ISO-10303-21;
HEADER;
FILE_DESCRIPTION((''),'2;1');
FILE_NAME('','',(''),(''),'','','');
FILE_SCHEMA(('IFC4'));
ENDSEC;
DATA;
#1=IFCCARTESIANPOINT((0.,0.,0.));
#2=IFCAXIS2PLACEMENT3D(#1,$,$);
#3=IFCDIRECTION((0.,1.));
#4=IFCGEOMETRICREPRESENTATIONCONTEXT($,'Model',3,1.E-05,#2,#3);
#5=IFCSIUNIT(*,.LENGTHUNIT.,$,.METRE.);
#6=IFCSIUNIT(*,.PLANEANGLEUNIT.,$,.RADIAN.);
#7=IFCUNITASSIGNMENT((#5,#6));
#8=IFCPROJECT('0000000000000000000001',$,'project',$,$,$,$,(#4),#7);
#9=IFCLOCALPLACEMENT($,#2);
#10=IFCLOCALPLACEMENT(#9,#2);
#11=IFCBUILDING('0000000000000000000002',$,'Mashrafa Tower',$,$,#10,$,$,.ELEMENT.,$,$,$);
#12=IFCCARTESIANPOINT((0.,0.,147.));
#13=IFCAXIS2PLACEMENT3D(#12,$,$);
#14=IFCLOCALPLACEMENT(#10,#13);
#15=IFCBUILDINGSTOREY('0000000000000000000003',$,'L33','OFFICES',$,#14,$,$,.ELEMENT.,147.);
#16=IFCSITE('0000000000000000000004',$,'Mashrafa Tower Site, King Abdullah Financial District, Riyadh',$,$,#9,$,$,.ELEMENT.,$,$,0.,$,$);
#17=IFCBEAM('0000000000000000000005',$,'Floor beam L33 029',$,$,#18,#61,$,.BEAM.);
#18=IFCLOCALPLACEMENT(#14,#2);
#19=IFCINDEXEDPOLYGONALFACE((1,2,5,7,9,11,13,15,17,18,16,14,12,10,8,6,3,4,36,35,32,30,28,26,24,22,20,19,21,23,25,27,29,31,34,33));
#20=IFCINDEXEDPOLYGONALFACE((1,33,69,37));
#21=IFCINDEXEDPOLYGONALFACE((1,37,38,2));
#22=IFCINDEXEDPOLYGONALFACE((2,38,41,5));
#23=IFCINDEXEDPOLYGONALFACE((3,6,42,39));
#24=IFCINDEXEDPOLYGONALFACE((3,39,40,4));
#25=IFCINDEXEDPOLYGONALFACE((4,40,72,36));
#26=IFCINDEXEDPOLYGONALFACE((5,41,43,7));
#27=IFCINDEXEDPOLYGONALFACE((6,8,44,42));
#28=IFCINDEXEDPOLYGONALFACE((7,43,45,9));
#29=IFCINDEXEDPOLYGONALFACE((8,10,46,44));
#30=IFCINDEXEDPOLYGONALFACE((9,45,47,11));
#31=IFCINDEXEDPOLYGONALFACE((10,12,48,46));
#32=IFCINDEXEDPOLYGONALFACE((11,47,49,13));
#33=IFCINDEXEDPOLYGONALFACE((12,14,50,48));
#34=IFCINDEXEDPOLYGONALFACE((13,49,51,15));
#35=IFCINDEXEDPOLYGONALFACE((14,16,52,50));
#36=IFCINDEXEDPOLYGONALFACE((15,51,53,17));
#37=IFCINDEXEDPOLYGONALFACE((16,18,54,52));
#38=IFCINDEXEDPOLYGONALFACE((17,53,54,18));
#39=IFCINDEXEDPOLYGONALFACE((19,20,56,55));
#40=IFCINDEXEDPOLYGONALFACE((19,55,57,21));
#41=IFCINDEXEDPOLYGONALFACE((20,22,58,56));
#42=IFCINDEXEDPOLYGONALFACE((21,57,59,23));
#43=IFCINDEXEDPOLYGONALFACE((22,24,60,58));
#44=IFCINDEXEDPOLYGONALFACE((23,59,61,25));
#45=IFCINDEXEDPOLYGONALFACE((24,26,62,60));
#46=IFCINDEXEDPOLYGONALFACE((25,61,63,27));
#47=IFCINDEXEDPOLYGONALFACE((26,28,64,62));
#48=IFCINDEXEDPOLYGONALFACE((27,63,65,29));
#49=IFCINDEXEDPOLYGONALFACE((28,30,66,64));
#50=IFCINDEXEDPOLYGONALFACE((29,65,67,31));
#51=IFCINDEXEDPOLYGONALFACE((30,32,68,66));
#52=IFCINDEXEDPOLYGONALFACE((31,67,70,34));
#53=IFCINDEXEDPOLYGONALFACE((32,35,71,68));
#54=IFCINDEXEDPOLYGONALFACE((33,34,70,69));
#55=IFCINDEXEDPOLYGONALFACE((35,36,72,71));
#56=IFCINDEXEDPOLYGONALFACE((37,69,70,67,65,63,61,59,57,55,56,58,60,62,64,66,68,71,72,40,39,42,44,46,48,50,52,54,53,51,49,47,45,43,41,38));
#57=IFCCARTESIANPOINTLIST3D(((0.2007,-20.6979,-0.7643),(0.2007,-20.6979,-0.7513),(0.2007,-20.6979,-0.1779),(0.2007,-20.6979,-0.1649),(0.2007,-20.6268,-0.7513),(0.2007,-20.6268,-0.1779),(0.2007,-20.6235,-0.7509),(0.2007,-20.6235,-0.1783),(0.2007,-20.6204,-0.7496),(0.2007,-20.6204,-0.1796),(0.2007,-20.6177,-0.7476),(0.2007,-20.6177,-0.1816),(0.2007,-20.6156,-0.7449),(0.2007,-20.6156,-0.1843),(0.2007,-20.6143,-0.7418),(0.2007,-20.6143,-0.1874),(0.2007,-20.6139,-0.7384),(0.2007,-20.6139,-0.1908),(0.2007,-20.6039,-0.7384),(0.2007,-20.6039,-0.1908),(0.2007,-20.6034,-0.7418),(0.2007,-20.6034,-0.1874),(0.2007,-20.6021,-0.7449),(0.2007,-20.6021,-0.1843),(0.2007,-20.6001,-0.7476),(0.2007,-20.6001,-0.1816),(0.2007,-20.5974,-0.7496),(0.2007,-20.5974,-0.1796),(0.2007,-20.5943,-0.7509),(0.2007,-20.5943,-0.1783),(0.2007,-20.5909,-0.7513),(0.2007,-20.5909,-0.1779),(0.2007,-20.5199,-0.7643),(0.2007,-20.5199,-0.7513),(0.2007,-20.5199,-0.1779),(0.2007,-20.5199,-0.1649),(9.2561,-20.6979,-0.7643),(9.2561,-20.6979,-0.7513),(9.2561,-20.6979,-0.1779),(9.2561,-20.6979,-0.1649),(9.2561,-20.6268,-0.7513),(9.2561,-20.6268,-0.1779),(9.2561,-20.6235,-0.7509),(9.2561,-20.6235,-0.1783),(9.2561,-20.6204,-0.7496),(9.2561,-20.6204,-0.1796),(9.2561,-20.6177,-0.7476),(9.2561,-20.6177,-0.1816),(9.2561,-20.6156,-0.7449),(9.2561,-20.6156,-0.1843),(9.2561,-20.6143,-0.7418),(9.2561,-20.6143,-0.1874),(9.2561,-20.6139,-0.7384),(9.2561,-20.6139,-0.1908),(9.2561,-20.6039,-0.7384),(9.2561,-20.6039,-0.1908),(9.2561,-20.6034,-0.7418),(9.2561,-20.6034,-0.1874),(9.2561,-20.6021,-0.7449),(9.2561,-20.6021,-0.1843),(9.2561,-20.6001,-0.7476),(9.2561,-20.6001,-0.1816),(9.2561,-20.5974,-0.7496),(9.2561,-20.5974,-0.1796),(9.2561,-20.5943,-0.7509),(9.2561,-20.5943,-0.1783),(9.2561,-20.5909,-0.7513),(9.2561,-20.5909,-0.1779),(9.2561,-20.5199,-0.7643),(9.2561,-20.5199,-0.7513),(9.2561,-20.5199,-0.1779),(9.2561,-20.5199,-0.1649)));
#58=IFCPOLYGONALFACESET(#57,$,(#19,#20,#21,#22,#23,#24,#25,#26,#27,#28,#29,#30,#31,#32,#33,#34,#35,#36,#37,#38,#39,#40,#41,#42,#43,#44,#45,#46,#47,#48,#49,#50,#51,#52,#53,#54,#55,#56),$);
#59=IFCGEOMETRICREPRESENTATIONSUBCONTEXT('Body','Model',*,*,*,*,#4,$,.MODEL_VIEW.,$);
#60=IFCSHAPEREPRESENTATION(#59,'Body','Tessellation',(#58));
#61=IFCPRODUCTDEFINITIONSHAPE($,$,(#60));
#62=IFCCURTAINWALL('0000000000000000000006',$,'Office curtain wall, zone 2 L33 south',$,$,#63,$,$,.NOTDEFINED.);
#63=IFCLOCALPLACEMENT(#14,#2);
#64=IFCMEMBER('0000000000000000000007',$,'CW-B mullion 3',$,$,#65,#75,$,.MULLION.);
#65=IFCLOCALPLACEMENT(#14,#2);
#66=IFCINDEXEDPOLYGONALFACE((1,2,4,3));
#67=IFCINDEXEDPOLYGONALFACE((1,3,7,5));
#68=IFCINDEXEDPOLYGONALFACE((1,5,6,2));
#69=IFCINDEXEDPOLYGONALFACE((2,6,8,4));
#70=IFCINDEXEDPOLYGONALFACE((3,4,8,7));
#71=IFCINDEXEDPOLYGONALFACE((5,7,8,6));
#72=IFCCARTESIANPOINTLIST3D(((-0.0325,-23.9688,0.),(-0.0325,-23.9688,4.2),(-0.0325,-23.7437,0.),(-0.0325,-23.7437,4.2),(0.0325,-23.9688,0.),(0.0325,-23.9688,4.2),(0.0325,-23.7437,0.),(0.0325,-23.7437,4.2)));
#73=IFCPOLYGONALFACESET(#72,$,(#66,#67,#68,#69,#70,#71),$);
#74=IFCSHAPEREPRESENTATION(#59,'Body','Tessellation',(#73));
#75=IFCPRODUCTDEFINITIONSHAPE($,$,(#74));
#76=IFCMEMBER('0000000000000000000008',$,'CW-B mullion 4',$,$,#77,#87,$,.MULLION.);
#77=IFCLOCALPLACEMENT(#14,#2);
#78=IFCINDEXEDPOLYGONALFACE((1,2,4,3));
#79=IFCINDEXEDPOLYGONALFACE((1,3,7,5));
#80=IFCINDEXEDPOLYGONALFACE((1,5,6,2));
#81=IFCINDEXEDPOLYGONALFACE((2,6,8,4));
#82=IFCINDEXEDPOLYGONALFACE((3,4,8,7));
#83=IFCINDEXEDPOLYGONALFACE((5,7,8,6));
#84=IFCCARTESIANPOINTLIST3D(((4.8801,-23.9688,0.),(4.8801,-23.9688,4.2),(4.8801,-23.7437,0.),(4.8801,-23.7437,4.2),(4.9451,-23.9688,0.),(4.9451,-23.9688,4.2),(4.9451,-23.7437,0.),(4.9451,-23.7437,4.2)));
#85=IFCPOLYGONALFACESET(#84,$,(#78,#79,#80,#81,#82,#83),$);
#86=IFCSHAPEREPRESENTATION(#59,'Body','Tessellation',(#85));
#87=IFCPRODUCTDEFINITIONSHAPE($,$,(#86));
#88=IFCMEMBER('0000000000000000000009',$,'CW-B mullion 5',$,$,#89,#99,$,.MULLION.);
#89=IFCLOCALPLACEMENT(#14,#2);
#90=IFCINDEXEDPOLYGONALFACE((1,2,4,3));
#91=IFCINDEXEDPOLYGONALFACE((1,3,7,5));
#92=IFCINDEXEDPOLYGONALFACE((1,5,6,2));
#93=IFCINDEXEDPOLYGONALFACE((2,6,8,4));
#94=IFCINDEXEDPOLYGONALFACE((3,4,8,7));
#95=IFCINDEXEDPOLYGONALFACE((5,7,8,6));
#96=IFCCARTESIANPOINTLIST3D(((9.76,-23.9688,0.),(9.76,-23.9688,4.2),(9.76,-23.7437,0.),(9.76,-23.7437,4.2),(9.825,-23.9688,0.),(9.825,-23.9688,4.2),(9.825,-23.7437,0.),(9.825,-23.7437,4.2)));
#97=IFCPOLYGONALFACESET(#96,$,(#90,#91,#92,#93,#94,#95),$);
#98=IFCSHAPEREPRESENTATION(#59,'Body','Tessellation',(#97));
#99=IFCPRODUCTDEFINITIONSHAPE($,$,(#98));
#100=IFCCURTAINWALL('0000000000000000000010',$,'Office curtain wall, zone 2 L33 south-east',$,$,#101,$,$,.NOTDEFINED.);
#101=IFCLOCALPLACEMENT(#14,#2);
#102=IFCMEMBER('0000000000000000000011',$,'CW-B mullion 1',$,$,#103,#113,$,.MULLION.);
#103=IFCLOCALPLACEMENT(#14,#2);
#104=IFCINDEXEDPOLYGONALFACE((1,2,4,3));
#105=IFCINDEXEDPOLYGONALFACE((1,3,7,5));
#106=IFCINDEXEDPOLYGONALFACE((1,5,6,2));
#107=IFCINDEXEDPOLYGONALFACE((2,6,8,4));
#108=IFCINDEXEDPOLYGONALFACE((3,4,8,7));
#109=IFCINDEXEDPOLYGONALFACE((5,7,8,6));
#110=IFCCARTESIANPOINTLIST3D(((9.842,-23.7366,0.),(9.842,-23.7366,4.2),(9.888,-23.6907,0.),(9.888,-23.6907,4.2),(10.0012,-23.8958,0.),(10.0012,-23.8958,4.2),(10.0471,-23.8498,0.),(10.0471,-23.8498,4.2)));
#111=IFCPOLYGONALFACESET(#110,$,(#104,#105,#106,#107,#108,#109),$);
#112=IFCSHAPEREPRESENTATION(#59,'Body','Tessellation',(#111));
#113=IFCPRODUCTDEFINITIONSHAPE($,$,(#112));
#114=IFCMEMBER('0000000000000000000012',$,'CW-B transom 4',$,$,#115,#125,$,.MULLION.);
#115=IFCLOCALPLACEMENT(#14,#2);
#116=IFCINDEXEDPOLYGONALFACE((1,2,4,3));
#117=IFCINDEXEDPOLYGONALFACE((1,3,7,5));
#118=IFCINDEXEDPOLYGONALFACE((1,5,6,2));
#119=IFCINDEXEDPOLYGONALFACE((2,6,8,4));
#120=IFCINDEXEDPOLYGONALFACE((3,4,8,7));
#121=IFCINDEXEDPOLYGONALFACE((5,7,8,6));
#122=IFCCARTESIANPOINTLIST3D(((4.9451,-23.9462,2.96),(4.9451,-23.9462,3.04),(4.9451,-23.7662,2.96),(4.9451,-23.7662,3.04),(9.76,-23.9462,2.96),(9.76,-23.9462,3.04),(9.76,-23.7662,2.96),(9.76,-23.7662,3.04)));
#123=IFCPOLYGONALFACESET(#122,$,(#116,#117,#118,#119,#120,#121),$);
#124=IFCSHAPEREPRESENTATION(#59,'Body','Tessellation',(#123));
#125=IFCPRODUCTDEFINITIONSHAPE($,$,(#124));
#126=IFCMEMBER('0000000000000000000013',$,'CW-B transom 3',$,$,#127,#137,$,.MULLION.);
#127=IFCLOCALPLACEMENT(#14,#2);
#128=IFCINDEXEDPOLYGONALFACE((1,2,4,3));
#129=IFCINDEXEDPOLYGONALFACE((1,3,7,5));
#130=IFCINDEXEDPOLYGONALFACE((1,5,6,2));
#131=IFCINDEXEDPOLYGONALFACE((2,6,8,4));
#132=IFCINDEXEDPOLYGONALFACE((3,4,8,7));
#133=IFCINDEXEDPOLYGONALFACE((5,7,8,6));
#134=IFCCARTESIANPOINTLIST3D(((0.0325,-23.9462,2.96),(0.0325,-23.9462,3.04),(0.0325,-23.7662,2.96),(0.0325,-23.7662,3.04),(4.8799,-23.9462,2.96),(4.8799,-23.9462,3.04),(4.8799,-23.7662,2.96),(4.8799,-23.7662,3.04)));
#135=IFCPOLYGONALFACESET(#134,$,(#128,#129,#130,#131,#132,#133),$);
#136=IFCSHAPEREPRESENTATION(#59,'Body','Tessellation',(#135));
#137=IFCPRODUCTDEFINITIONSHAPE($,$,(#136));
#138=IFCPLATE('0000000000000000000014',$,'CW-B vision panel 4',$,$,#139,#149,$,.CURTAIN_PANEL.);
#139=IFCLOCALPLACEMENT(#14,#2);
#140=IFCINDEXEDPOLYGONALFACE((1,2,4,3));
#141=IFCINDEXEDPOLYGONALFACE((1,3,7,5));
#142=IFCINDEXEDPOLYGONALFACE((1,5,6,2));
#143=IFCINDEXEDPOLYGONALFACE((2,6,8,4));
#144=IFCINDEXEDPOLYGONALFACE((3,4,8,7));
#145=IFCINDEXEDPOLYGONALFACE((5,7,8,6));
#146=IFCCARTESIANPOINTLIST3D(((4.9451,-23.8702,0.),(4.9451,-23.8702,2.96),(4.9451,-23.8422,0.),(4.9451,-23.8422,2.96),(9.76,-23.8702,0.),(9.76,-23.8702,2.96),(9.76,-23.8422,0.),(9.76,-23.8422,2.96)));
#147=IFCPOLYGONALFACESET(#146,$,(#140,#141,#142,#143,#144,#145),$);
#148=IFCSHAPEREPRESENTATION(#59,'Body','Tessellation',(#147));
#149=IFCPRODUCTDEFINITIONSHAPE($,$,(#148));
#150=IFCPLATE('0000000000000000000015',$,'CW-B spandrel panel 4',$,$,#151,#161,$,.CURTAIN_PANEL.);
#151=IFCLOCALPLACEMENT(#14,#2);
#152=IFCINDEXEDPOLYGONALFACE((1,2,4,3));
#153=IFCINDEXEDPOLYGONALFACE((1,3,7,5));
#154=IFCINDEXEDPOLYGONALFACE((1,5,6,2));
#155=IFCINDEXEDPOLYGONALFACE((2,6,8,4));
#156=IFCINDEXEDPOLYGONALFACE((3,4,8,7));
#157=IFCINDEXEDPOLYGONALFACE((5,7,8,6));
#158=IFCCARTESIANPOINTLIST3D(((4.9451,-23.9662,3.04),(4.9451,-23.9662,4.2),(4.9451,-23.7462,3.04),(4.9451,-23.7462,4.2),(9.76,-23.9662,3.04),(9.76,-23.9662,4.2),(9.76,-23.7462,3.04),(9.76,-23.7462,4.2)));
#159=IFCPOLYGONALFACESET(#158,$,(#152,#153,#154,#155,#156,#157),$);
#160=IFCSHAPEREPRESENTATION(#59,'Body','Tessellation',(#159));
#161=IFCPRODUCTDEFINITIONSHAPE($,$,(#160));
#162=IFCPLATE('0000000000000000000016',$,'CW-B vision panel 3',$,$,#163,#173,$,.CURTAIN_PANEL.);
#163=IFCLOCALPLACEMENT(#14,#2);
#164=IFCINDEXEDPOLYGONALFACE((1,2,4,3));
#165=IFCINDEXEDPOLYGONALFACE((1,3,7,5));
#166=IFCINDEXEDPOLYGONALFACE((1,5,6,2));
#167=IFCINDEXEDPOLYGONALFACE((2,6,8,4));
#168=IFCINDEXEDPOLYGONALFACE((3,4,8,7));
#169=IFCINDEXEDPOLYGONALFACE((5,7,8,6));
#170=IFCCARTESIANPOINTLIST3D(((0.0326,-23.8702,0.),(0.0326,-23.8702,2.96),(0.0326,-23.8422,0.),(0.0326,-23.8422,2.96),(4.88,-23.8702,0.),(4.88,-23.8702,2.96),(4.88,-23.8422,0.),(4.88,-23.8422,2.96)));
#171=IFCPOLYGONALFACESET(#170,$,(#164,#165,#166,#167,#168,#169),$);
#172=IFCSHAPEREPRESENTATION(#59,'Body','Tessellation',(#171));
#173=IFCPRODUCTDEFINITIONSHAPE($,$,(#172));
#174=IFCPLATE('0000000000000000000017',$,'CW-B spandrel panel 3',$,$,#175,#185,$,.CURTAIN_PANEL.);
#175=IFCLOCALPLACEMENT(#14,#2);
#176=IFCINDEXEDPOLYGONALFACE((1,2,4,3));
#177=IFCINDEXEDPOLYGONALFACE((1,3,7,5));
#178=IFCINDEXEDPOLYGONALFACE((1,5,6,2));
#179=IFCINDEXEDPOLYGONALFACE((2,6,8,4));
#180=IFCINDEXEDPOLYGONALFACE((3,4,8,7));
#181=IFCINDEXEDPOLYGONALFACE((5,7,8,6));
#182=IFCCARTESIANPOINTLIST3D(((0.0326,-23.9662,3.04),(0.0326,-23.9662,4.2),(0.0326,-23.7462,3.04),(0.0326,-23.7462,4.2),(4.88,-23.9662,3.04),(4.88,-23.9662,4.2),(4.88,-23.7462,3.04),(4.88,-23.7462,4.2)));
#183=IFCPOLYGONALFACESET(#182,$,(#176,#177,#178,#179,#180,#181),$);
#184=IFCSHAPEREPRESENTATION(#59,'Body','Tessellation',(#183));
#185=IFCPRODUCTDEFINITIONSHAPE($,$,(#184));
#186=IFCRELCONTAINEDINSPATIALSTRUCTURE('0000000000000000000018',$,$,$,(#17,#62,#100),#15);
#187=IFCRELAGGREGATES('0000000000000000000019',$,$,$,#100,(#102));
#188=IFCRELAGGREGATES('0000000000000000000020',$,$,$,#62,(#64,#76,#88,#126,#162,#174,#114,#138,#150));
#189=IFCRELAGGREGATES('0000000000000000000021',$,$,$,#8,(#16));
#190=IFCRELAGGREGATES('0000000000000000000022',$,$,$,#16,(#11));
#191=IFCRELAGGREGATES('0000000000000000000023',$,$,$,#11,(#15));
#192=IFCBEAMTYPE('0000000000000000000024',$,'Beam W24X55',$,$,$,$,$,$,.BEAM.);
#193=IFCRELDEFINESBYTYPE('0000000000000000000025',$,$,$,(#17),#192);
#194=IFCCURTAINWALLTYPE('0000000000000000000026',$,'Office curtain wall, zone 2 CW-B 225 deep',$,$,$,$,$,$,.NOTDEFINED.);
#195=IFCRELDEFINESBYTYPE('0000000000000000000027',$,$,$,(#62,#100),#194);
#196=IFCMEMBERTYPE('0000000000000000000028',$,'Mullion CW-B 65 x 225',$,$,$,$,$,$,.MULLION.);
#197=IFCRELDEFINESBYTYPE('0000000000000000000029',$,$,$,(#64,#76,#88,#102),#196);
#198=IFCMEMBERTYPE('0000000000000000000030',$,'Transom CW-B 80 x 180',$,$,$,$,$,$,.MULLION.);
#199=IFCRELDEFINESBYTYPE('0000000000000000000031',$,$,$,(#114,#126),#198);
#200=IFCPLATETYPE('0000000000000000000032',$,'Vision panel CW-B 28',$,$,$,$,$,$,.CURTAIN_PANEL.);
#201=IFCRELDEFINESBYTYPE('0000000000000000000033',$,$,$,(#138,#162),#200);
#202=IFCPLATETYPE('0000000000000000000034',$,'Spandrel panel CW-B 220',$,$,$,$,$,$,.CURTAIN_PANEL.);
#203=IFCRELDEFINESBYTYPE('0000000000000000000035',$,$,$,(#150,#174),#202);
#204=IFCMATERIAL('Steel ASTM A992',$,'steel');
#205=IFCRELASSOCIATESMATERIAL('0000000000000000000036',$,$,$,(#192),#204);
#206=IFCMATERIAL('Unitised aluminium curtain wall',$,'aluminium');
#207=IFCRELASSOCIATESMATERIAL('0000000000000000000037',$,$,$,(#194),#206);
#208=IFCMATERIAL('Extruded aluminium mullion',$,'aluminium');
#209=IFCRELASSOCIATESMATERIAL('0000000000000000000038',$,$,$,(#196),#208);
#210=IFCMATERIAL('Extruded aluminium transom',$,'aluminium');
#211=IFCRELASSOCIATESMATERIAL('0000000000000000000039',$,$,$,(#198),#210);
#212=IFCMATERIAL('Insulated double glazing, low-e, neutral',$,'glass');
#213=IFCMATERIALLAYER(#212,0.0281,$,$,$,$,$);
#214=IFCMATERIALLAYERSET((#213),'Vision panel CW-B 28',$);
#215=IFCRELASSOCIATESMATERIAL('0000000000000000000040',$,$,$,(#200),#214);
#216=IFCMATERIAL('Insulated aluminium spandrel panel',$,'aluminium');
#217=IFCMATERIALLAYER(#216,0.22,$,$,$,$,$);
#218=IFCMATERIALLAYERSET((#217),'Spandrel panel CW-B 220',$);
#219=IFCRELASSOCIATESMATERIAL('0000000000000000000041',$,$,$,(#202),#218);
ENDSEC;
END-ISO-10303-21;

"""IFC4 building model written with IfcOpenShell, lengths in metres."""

from ifc_helpers import new_model, si_unit, direction, frame, origin, origin_2d, place, context, subcontext, project, spatial, rectangle, i_section, extrude, source, transform, mapped, material, layer, layer_set, material_profile, profile_set, type_object, type_shapes, element, aggregate, save


model = new_model("IFC4")

# Units and contexts
model_context = context("Model", 3, precision=1e-05, world=origin(), true_north=direction((0.0, 1.0)))
body_context = subcontext(model_context, "Body", "Model", "MODEL_VIEW")
ifc_project = project(units=[si_unit("LENGTHUNIT", "METRE"), si_unit("PLANEANGLEUNIT", "RADIAN")], contexts=[model_context])

# Site, building, storey
site_placement = place(None, origin())
site = spatial("IfcSite", under=ifc_project, at=site_placement, Name="Mashrafa Tower Site, King Abdullah Financial District, Riyadh", CompositionType="ELEMENT", RefElevation=0.0)
building_placement = place(site_placement, origin())
building = spatial("IfcBuilding", under=site, at=building_placement, Name="Mashrafa Tower", CompositionType="ELEMENT")
storey_placement = place(building_placement, frame((0.0, 0.0, 147.0)))
storey = spatial("IfcBuildingStorey", under=building, at=storey_placement, Name="L33", Description="OFFICES", CompositionType="ELEMENT", Elevation=147.0)

# Beam
ifc_material_1 = material(Name="Steel ASTM A992", Category="steel")
ifc_material_profile_1 = material_profile(ifc_material_1, i_section(OverallWidth=0.178, OverallDepth=0.5994, WebThickness=0.01, FlangeThickness=0.0129, FilletRadius=0.0129, at=origin_2d()), Name="W24X55")
ifc_profile_set_1 = profile_set([ifc_material_profile_1], Name="Steel ASTM A992")
beam_type_1 = type_object("IfcBeamType", Name="Beam W24X55", PredefinedType="BEAM", material=ifc_profile_set_1)
beam_1_placement = place(storey_placement, frame((9.2561, -20.6089, -0.4646), z_axis=(-1.0, 0.0, 0.0), x_axis=(0.0, -1.0, 0.0)))
element("IfcBeam", 1, at=beam_1_placement, inside=storey, type_object=beam_type_1, Name="Floor beam L33 029", PredefinedType="BEAM", context=body_context, shape_type="SweptSolid", body=[
    extrude(i_section(OverallWidth=0.178, OverallDepth=0.5994, WebThickness=0.01, FlangeThickness=0.0129, FilletRadius=0.0129, at=origin_2d()), origin(), (0.0, 0.0, 1.0), 9.0554),
])

# Curtain wall, members
ifc_material_2 = material(Name="Unitised aluminium curtain wall", Category="aluminium")
curtain_wall_type = type_object("IfcCurtainWallType", Name="Office curtain wall, zone 2 CW-B 225 deep", PredefinedType="NOTDEFINED", material=ifc_material_2)
curtain_wall_1_placement = place(storey_placement, origin())
curtain_wall_1 = element("IfcCurtainWall", 2, at=curtain_wall_1_placement, inside=storey, type_object=curtain_wall_type, Name="Office curtain wall, zone 2 L33 south", PredefinedType="NOTDEFINED")
ifc_material_3 = material(Name="Extruded aluminium mullion", Category="aluminium")
ifc_material_profile_2 = material_profile(ifc_material_3, rectangle(XDim=0.2251, YDim=0.0649, at=origin_2d()), Name="Mullion 65x225")
ifc_profile_set_2 = profile_set([ifc_material_profile_2], Name="Extruded aluminium mullion")
member_type_1 = type_object("IfcMemberType", Name="Mullion CW-B 65 x 225", PredefinedType="MULLION", material=ifc_profile_set_2)
shared_shape_1 = source(origin(), body_context, "Body", "SweptSolid", [
    extrude(rectangle(XDim=0.2251, YDim=0.0649, at=origin_2d()), origin(), (0.0, 0.0, 1.0), 4.2),
])
type_shapes(member_type_1, [shared_shape_1])
member_1_placement = place(storey_placement, frame((0.0, -23.8562, 0.0), z_axis=(0.0, 0.0, 1.0), x_axis=(0.0, 1.0, 0.0)))
member_1 = element("IfcMember", 3, at=member_1_placement, type_object=member_type_1, Name="CW-B mullion 3", PredefinedType="MULLION", context=body_context, shape_type="MappedRepresentation", body=[
    mapped(shared_shape_1, transform((0.0, 0.0, 0.0))),
])
member_2_placement = place(storey_placement, frame((4.9126, -23.8562, 0.0), z_axis=(0.0, 0.0, 1.0), x_axis=(0.0, 1.0, 0.0)))
member_2 = element("IfcMember", 4, at=member_2_placement, type_object=member_type_1, Name="CW-B mullion 4", PredefinedType="MULLION", context=body_context, shape_type="MappedRepresentation", body=[
    mapped(shared_shape_1, transform((0.0, 0.0, 0.0))),
])
member_3_placement = place(storey_placement, frame((9.7925, -23.8562, 0.0), z_axis=(0.0, 0.0, 1.0), x_axis=(0.0, 1.0, 0.0)))
member_3 = element("IfcMember", 5, at=member_3_placement, type_object=member_type_1, Name="CW-B mullion 5", PredefinedType="MULLION", context=body_context, shape_type="MappedRepresentation", body=[
    mapped(shared_shape_1, transform((0.0, 0.0, 0.0))),
])

# Curtain wall, member
curtain_wall_2_placement = place(storey_placement, origin())
curtain_wall_2 = element("IfcCurtainWall", 6, at=curtain_wall_2_placement, inside=storey, type_object=curtain_wall_type, Name="Office curtain wall, zone 2 L33 south-east", PredefinedType="NOTDEFINED")
member_4_placement = place(storey_placement, frame((9.9446, -23.7932, 0.0), z_axis=(0.0, 0.0, 1.0), x_axis=(-0.707107, 0.707107, 0.0)))
member_4 = element("IfcMember", 7, at=member_4_placement, type_object=member_type_1, Name="CW-B mullion 1", PredefinedType="MULLION", context=body_context, shape_type="MappedRepresentation", body=[
    mapped(shared_shape_1, transform((0.0, 0.0, 0.0))),
])
aggregate(curtain_wall_2, [member_4])

# Members
ifc_material_4 = material(Name="Extruded aluminium transom", Category="aluminium")
ifc_material_profile_3 = material_profile(ifc_material_4, rectangle(XDim=0.1799, YDim=0.0801, at=origin_2d()), Name="Transom 80x180")
ifc_profile_set_3 = profile_set([ifc_material_profile_3], Name="Extruded aluminium transom")
member_type_2 = type_object("IfcMemberType", Name="Transom CW-B 80 x 180", PredefinedType="MULLION", material=ifc_profile_set_3)
shared_shape_2 = source(origin(), body_context, "Body", "SweptSolid", [
    extrude(rectangle(XDim=0.1799, YDim=0.0801, at=origin_2d()), origin(), (0.0, 0.0, 1.0), 4.8149),
])
member_5_placement = place(storey_placement, frame((4.9451, -23.8562, 3.0), z_axis=(1.0, 0.0, 0.0), x_axis=(0.0, 1.0, 0.0)))
member_5 = element("IfcMember", 8, at=member_5_placement, type_object=member_type_2, Name="CW-B transom 4", PredefinedType="MULLION", context=body_context, shape_type="MappedRepresentation", body=[
    mapped(shared_shape_2, transform((0.0, 0.0, 0.0))),
])
shared_shape_3 = source(origin(), body_context, "Body", "SweptSolid", [
    extrude(rectangle(XDim=0.1799, YDim=0.0801, at=origin_2d()), origin(), (0.0, 0.0, 1.0), 4.8474),
])
type_shapes(member_type_2, [shared_shape_2, shared_shape_3])
member_6_placement = place(storey_placement, frame((0.0325, -23.8562, 3.0), z_axis=(1.0, 0.0, 0.0), x_axis=(0.0, 1.0, 0.0)))
member_6 = element("IfcMember", 9, at=member_6_placement, type_object=member_type_2, Name="CW-B transom 3", PredefinedType="MULLION", context=body_context, shape_type="MappedRepresentation", body=[
    mapped(shared_shape_3, transform((0.0, 0.0, 0.0))),
])

# Plates
ifc_material_5 = material(Name="Insulated double glazing, low-e, neutral", Category="glass")
ifc_layer_1 = layer(ifc_material_5, 0.0281)
ifc_layer_set_1 = layer_set([ifc_layer_1], Name="Vision panel CW-B 28")
plate_type_1 = type_object("IfcPlateType", Name="Vision panel CW-B 28", PredefinedType="CURTAIN_PANEL", material=ifc_layer_set_1)
shared_shape_4 = source(origin(), body_context, "Body", "SweptSolid", [
    extrude(rectangle(XDim=4.8149, YDim=0.0281, at=origin_2d()), origin(), (0.0, 0.0, 1.0), 2.96),
])
plate_1_placement = place(storey_placement, frame((7.3525, -23.8562, 0.0), z_axis=(0.0, 0.0, 1.0), x_axis=(1.0, 0.0, 0.0)))
plate_1 = element("IfcPlate", 10, at=plate_1_placement, type_object=plate_type_1, Name="CW-B vision panel 4", PredefinedType="CURTAIN_PANEL", context=body_context, shape_type="MappedRepresentation", body=[
    mapped(shared_shape_4, transform((0.0, 0.0, 0.0))),
])
ifc_material_6 = material(Name="Insulated aluminium spandrel panel", Category="aluminium")
ifc_layer_2 = layer(ifc_material_6, 0.22)
ifc_layer_set_2 = layer_set([ifc_layer_2], Name="Spandrel panel CW-B 220")
plate_type_2 = type_object("IfcPlateType", Name="Spandrel panel CW-B 220", PredefinedType="CURTAIN_PANEL", material=ifc_layer_set_2)
shared_shape_5 = source(origin(), body_context, "Body", "SweptSolid", [
    extrude(rectangle(XDim=4.8149, YDim=0.22, at=origin_2d()), origin(), (0.0, 0.0, 1.0), 1.1599),
])
plate_2_placement = place(storey_placement, frame((7.3525, -23.8562, 3.04), z_axis=(0.0, 0.0, 1.0), x_axis=(1.0, 0.0, 0.0)))
plate_2 = element("IfcPlate", 11, at=plate_2_placement, type_object=plate_type_2, Name="CW-B spandrel panel 4", PredefinedType="CURTAIN_PANEL", context=body_context, shape_type="MappedRepresentation", body=[
    mapped(shared_shape_5, transform((0.0, 0.0, 0.0))),
])
shared_shape_6 = source(origin(), body_context, "Body", "SweptSolid", [
    extrude(rectangle(XDim=4.8474, YDim=0.0281, at=origin_2d()), origin(), (0.0, 0.0, 1.0), 2.96),
])
type_shapes(plate_type_1, [shared_shape_4, shared_shape_6])
plate_3_placement = place(storey_placement, frame((2.4563, -23.8562, 0.0), z_axis=(0.0, 0.0, 1.0), x_axis=(1.0, 0.0, 0.0)))
plate_3 = element("IfcPlate", 12, at=plate_3_placement, type_object=plate_type_1, Name="CW-B vision panel 3", PredefinedType="CURTAIN_PANEL", context=body_context, shape_type="MappedRepresentation", body=[
    mapped(shared_shape_6, transform((0.0, 0.0, 0.0))),
])
shared_shape_7 = source(origin(), body_context, "Body", "SweptSolid", [
    extrude(rectangle(XDim=4.8474, YDim=0.22, at=origin_2d()), origin(), (0.0, 0.0, 1.0), 1.1599),
])
type_shapes(plate_type_2, [shared_shape_5, shared_shape_7])
plate_4_placement = place(storey_placement, frame((2.4563, -23.8562, 3.04), z_axis=(0.0, 0.0, 1.0), x_axis=(1.0, 0.0, 0.0)))
plate_4 = element("IfcPlate", 13, at=plate_4_placement, type_object=plate_type_2, Name="CW-B spandrel panel 3", PredefinedType="CURTAIN_PANEL", context=body_context, shape_type="MappedRepresentation", body=[
    mapped(shared_shape_7, transform((0.0, 0.0, 0.0))),
])
aggregate(curtain_wall_1, [member_1, member_2, member_3, member_6, plate_3, plate_4, member_5, plate_1, plate_2])

save(model, "model.ifc")
